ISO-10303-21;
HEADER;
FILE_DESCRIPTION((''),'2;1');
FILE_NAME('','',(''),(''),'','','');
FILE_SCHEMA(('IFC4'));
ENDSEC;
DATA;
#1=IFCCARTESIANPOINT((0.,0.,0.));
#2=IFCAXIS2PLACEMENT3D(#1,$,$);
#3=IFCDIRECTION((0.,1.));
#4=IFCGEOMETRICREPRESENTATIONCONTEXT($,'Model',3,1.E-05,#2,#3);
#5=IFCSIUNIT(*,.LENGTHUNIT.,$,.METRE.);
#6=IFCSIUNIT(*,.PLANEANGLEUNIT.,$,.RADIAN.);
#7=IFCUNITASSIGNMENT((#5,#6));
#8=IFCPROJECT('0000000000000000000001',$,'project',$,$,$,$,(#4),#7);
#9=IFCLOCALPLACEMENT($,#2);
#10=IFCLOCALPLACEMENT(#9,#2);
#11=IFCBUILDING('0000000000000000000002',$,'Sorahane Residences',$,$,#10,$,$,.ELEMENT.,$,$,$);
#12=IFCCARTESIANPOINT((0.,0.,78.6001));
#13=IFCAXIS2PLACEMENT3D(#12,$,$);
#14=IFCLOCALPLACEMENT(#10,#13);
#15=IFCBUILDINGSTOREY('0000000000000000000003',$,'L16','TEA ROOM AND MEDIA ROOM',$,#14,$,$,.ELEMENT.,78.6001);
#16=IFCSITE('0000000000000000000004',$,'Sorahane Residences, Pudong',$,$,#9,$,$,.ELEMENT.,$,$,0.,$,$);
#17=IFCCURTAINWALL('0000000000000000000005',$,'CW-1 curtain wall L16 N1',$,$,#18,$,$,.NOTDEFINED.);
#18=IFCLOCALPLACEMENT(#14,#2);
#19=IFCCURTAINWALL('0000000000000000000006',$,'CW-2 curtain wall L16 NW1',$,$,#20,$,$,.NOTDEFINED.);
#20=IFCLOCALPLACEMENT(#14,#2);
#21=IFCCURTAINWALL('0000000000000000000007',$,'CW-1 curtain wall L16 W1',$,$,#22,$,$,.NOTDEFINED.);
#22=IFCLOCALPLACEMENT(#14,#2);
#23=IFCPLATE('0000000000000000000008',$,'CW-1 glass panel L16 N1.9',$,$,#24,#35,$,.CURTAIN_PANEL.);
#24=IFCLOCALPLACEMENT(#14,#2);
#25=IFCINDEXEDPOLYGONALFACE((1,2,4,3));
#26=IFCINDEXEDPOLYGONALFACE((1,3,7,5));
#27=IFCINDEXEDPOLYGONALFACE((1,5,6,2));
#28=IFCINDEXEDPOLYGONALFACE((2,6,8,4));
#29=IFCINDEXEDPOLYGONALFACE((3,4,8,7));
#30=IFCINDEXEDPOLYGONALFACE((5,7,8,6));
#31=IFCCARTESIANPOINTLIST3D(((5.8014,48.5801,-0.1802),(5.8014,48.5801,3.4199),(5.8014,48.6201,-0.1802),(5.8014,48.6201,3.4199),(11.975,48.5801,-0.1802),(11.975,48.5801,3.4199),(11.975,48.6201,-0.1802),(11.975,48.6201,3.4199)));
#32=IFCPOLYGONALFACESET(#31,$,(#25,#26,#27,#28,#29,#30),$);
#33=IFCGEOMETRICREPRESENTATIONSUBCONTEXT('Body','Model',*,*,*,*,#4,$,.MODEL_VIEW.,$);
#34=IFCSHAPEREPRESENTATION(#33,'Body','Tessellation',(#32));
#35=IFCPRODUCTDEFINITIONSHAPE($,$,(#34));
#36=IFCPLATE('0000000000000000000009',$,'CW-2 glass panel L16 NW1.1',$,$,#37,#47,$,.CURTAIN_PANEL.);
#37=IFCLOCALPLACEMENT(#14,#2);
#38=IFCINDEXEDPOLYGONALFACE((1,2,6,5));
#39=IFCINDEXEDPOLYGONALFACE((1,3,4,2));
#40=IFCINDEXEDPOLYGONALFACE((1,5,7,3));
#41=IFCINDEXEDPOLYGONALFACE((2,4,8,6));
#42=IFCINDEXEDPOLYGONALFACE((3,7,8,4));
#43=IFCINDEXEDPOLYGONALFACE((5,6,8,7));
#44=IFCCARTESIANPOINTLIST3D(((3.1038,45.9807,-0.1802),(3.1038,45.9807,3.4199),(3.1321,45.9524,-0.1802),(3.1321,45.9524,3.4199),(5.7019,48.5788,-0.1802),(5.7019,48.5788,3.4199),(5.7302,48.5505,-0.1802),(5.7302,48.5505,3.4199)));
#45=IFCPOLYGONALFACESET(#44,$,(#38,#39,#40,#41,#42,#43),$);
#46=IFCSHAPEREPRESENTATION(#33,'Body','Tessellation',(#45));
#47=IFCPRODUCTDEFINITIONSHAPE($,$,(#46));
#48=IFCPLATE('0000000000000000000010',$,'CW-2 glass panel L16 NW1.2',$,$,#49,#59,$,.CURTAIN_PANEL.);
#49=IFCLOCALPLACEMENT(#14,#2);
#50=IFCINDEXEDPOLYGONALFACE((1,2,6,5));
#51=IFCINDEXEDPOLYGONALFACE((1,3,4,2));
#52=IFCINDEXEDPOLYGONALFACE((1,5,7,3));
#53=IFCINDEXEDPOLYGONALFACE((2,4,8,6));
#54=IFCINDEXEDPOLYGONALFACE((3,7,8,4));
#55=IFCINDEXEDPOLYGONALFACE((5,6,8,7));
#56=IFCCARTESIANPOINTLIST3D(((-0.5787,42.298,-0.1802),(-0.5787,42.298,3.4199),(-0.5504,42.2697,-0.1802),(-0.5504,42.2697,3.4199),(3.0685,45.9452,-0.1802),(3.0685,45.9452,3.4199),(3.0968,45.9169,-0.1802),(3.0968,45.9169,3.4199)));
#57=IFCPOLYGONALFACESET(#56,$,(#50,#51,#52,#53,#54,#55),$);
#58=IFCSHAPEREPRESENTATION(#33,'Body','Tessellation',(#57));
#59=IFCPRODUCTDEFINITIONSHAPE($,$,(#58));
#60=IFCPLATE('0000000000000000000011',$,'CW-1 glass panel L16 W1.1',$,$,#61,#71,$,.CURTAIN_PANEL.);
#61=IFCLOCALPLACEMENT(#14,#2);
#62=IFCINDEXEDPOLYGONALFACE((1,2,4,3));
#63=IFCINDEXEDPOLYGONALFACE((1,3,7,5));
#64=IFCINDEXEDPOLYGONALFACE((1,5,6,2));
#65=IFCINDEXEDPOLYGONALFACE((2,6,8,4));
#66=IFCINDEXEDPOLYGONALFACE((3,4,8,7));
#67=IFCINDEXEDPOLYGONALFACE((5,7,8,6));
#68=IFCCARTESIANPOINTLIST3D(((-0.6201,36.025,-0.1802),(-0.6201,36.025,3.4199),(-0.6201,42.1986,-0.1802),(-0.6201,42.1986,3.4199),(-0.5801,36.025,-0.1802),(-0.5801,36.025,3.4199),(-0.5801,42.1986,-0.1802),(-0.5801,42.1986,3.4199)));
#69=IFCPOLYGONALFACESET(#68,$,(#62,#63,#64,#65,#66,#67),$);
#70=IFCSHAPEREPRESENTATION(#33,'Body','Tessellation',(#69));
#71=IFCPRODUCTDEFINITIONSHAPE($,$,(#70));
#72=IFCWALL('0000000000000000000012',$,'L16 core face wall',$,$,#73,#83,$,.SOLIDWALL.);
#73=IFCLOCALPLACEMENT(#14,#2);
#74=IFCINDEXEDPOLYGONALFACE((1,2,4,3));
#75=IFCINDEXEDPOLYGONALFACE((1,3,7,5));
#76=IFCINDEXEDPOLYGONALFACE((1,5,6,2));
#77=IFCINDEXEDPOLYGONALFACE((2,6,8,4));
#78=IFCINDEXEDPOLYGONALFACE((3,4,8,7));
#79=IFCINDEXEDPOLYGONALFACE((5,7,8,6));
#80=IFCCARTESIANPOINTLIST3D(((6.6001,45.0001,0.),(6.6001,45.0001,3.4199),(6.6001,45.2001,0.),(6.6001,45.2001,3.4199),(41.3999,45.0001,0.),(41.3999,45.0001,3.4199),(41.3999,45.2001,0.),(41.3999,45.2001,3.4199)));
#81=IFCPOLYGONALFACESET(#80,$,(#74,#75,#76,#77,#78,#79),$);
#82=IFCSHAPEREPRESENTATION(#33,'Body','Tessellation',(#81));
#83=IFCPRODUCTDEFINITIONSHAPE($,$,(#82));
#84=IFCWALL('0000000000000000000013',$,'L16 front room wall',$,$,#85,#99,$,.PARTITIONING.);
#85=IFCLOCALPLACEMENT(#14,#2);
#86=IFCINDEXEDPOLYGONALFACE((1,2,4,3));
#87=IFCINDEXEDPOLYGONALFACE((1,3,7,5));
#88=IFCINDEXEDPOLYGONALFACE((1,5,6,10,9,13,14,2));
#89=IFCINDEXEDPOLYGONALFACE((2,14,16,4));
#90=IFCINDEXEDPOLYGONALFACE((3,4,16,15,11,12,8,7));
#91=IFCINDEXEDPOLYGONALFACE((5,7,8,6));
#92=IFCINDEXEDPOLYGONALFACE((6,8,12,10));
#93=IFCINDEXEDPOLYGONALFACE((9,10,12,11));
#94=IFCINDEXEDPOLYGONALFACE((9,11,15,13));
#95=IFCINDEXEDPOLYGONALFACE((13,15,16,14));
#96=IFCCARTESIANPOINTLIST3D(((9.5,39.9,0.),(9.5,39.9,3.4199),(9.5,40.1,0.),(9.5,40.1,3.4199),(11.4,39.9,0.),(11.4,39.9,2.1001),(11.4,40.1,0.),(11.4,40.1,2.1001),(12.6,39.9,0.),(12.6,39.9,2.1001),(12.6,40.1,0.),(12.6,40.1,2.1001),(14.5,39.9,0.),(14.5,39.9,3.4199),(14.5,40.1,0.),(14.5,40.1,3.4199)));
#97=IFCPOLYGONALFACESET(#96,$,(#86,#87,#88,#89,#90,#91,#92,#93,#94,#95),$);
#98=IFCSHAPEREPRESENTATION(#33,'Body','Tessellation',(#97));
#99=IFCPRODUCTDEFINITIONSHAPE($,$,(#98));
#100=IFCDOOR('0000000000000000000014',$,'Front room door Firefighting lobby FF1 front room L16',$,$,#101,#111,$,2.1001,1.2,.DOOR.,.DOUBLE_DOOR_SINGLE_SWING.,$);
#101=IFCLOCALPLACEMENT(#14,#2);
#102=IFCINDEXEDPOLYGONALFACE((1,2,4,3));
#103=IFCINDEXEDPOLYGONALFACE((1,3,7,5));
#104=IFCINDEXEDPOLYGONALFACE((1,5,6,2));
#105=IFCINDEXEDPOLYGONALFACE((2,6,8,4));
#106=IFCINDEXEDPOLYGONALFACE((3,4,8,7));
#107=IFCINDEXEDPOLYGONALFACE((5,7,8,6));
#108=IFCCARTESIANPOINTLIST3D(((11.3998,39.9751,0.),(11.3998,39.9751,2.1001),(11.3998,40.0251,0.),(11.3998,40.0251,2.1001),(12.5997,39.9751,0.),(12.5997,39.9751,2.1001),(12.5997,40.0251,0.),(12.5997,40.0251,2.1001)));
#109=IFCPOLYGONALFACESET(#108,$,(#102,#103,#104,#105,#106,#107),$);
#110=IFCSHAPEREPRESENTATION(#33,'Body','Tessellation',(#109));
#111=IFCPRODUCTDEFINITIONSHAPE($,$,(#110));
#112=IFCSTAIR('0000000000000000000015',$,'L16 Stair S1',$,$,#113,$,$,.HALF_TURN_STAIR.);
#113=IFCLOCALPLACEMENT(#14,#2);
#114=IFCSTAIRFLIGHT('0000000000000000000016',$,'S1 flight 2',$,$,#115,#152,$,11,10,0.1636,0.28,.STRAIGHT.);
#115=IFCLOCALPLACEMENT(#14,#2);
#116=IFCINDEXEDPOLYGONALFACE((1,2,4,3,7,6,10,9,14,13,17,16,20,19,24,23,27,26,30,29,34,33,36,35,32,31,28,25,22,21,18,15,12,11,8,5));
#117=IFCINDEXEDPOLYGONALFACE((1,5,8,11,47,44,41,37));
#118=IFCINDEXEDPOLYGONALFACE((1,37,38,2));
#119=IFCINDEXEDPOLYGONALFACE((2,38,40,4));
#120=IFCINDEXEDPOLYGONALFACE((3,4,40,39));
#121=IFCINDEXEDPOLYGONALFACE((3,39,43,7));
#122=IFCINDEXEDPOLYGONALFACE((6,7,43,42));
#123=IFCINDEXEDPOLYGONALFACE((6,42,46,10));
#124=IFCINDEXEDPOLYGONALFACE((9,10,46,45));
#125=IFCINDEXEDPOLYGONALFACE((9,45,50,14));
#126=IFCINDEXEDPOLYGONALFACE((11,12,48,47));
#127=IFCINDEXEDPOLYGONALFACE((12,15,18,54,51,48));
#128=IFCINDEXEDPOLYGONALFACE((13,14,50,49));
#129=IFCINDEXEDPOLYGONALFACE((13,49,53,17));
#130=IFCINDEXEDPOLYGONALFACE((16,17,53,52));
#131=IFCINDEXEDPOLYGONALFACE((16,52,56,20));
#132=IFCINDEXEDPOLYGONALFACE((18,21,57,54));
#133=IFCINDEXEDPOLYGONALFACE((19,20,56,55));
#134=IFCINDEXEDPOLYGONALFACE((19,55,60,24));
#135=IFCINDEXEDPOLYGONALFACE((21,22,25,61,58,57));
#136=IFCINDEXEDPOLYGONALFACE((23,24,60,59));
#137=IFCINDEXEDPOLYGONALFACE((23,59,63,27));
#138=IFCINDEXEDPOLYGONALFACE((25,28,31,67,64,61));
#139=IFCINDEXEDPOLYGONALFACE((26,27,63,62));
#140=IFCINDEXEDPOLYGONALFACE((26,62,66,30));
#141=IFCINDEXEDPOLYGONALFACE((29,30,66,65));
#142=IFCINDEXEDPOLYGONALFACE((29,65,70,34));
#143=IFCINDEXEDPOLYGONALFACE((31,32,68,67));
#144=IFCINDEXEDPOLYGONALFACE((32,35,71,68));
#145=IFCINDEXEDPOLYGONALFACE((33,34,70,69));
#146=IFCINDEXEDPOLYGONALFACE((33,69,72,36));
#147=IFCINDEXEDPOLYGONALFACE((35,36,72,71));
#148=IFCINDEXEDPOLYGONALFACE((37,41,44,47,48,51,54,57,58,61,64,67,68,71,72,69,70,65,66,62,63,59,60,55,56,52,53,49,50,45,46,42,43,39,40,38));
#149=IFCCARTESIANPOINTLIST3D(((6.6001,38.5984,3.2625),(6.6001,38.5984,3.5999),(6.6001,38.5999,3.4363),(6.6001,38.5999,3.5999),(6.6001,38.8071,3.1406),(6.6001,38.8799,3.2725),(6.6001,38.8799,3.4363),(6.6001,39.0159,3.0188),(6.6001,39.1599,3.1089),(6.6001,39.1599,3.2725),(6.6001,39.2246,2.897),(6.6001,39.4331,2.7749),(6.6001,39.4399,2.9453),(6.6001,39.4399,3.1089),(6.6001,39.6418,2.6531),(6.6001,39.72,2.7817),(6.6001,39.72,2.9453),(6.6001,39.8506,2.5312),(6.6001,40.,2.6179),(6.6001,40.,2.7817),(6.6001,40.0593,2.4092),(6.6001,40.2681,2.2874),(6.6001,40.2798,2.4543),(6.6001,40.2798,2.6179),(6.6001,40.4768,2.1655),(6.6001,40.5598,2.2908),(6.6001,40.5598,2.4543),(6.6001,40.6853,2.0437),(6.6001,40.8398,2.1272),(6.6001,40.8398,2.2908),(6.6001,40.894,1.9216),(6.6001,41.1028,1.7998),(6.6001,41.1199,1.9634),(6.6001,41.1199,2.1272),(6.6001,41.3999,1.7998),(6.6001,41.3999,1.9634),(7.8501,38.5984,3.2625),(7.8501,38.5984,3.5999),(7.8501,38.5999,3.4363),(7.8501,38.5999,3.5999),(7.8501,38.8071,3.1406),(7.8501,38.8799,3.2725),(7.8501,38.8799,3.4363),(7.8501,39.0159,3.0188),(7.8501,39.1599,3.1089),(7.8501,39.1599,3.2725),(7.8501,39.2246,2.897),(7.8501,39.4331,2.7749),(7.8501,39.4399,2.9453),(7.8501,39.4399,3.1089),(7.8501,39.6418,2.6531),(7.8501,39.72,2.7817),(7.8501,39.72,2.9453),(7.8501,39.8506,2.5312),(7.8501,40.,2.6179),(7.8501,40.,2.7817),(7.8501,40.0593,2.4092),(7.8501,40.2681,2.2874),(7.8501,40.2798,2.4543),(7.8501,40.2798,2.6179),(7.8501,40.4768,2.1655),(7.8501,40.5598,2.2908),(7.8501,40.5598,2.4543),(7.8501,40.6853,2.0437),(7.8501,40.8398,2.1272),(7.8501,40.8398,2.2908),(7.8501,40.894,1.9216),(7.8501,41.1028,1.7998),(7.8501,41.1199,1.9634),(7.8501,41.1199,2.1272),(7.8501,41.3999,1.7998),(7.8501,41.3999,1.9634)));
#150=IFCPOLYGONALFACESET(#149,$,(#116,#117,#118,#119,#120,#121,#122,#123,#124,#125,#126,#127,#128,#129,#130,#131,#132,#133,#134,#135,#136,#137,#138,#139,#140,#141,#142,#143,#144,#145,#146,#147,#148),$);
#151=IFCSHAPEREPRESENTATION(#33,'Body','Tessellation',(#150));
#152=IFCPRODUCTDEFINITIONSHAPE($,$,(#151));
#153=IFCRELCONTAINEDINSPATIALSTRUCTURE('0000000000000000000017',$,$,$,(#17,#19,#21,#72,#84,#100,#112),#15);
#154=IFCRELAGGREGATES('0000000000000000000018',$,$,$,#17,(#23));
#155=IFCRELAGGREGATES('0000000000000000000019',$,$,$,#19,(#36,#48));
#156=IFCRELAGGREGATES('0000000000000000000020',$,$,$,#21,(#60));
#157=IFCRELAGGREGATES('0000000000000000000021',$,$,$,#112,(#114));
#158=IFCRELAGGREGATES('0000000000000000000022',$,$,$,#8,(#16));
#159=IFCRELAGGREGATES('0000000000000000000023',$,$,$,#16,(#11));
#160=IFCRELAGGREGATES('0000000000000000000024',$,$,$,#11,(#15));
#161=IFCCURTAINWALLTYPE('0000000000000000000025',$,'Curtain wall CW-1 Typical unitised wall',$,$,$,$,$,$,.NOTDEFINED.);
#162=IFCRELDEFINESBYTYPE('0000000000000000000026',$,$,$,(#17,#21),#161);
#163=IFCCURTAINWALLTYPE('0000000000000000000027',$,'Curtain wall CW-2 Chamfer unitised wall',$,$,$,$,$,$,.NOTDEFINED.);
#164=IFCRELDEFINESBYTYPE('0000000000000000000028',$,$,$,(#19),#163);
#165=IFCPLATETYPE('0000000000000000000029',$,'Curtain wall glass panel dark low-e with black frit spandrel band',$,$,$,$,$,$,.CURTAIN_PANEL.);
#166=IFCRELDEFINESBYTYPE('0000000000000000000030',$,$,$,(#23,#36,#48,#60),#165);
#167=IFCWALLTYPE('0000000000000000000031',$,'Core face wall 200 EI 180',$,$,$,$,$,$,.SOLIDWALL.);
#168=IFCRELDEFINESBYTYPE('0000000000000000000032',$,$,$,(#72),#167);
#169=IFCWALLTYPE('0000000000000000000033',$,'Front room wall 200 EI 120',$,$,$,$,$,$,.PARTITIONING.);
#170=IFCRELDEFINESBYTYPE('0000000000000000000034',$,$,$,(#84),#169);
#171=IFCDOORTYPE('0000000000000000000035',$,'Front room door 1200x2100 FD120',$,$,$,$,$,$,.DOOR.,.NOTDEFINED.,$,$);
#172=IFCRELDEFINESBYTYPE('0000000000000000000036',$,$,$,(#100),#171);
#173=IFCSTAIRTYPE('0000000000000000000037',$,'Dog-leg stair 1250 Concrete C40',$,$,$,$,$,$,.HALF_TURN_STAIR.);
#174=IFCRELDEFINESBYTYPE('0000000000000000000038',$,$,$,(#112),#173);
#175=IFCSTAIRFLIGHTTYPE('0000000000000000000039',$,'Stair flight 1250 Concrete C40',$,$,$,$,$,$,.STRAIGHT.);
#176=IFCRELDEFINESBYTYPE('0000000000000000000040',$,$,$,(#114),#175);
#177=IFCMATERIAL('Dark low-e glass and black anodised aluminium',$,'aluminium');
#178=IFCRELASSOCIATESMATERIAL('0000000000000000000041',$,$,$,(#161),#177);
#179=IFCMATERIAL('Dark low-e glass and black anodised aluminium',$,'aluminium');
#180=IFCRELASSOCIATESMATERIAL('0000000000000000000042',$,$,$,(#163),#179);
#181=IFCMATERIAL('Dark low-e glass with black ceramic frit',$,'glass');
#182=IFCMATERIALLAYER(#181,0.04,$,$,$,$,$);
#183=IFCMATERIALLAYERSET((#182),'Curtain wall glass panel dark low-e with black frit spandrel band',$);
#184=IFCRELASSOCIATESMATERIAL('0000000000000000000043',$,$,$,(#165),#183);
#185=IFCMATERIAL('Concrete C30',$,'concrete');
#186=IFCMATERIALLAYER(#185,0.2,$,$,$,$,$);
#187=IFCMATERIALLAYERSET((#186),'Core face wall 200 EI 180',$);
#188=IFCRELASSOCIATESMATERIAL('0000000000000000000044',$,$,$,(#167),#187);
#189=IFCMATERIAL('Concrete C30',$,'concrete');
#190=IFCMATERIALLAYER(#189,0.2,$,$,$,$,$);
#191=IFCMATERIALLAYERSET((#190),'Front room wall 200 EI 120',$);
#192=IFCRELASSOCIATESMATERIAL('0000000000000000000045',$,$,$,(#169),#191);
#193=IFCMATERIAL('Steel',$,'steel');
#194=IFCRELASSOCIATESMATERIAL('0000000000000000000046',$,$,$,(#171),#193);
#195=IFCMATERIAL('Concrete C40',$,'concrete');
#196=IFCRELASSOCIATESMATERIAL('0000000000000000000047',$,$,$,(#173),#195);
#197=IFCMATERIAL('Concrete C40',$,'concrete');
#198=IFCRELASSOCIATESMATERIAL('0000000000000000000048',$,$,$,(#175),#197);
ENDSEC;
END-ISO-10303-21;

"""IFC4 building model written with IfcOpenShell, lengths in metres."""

from ifc_helpers import new_model, si_unit, direction, frame, frame_2d, origin, origin_2d, place, context, subcontext, project, spatial, polyline, rectangle, outline, extrude, material, layer, layer_set, type_object, element, fill, aggregate, save


model = new_model("IFC4")

# Units and contexts
model_context = context("Model", 3, precision=1e-05, world=origin(), true_north=direction((0.0, 1.0)))
body_context = subcontext(model_context, "Body", "Model", "MODEL_VIEW")
ifc_project = project(units=[si_unit("LENGTHUNIT", "METRE"), si_unit("PLANEANGLEUNIT", "RADIAN")], contexts=[model_context])

# Site, building, storey
site_placement = place(None, origin())
site = spatial("IfcSite", under=ifc_project, at=site_placement, Name="Sorahane Residences, Pudong", CompositionType="ELEMENT", RefElevation=0.0)
building_placement = place(site_placement, origin())
building = spatial("IfcBuilding", under=site, at=building_placement, Name="Sorahane Residences", CompositionType="ELEMENT")
storey_placement = place(building_placement, frame((0.0, 0.0, 78.6001)))
storey = spatial("IfcBuildingStorey", under=building, at=storey_placement, Name="L16", Description="TEA ROOM AND MEDIA ROOM", CompositionType="ELEMENT", Elevation=78.6001)

# Curtain wall
ifc_material_1 = material(Name="Dark low-e glass and black anodised aluminium", Category="aluminium")
curtain_wall_type_1 = type_object("IfcCurtainWallType", Name="Curtain wall CW-1 Typical unitised wall", PredefinedType="NOTDEFINED", material=ifc_material_1)
curtain_wall_1_placement = place(storey_placement, origin())
curtain_wall_1 = element("IfcCurtainWall", 1, at=curtain_wall_1_placement, inside=storey, type_object=curtain_wall_type_1, Name="CW-1 curtain wall L16 N1", PredefinedType="NOTDEFINED")

# Curtain wall
ifc_material_2 = material(Name="Dark low-e glass and black anodised aluminium", Category="aluminium")
curtain_wall_type_2 = type_object("IfcCurtainWallType", Name="Curtain wall CW-2 Chamfer unitised wall", PredefinedType="NOTDEFINED", material=ifc_material_2)
curtain_wall_2_placement = place(storey_placement, origin())
curtain_wall_2 = element("IfcCurtainWall", 2, at=curtain_wall_2_placement, inside=storey, type_object=curtain_wall_type_2, Name="CW-2 curtain wall L16 NW1", PredefinedType="NOTDEFINED")

# Curtain wall
curtain_wall_3_placement = place(storey_placement, origin())
curtain_wall_3 = element("IfcCurtainWall", 3, at=curtain_wall_3_placement, inside=storey, type_object=curtain_wall_type_1, Name="CW-1 curtain wall L16 W1", PredefinedType="NOTDEFINED")

# Plates
ifc_material_3 = material(Name="Dark low-e glass with black ceramic frit", Category="glass")
ifc_layer_1 = layer(ifc_material_3, 0.04)
ifc_layer_set_1 = layer_set([ifc_layer_1], Name="Curtain wall glass panel dark low-e with black frit spandrel band")
plate_type = type_object("IfcPlateType", Name="Curtain wall glass panel dark low-e with black frit spandrel band", PredefinedType="CURTAIN_PANEL", material=ifc_layer_set_1)
plate_1_placement = place(storey_placement, frame((8.8882, 48.6001, -0.1802), z_axis=(0.0, 0.0, 1.0), x_axis=(-1.0, 0.0, 0.0)))
plate_1 = element("IfcPlate", 4, at=plate_1_placement, type_object=plate_type, Name="CW-1 glass panel L16 N1.9", PredefinedType="CURTAIN_PANEL", context=body_context, shape_type="SweptSolid", body=[
    extrude(rectangle(XDim=6.1736, YDim=0.04, at=origin_2d()), origin(), (0.0, 0.0, 1.0), 3.6001),
])
aggregate(curtain_wall_1, [plate_1])
plate_2_placement = place(storey_placement, frame((4.417, 47.2656, -0.1802), z_axis=(0.0, 0.0, 1.0), x_axis=(-0.707107, -0.707107, 0.0)))
plate_2 = element("IfcPlate", 5, at=plate_2_placement, type_object=plate_type, Name="CW-2 glass panel L16 NW1.1", PredefinedType="CURTAIN_PANEL", context=body_context, shape_type="SweptSolid", body=[
    extrude(rectangle(XDim=3.6743, YDim=0.04, at=origin_2d()), origin(), (0.0, 0.0, 1.0), 3.6001),
])
plate_3_placement = place(storey_placement, frame((1.259, 44.1074, -0.1802), z_axis=(0.0, 0.0, 1.0), x_axis=(-0.707107, -0.707107, 0.0)))
plate_3 = element("IfcPlate", 6, at=plate_3_placement, type_object=plate_type, Name="CW-2 glass panel L16 NW1.2", PredefinedType="CURTAIN_PANEL", context=body_context, shape_type="SweptSolid", body=[
    extrude(rectangle(XDim=5.158, YDim=0.04, at=origin_2d()), origin(), (0.0, 0.0, 1.0), 3.6001),
])
aggregate(curtain_wall_2, [plate_2, plate_3])
plate_4_placement = place(storey_placement, frame((-0.6001, 39.1118, -0.1802), z_axis=(0.0, 0.0, 1.0), x_axis=(0.0, -1.0, 0.0)))
plate_4 = element("IfcPlate", 7, at=plate_4_placement, type_object=plate_type, Name="CW-1 glass panel L16 W1.1", PredefinedType="CURTAIN_PANEL", context=body_context, shape_type="SweptSolid", body=[
    extrude(rectangle(XDim=6.1736, YDim=0.04, at=origin_2d()), origin(), (0.0, 0.0, 1.0), 3.6001),
])
aggregate(curtain_wall_3, [plate_4])

# Wall
ifc_material_4 = material(Name="Concrete C30", Category="concrete")
ifc_layer_2 = layer(ifc_material_4, 0.2)
ifc_layer_set_2 = layer_set([ifc_layer_2], Name="Core face wall 200 EI 180")
wall_type_1 = type_object("IfcWallType", Name="Core face wall 200 EI 180", PredefinedType="SOLIDWALL", material=ifc_layer_set_2)
wall_1_placement = place(storey_placement, frame((6.6001, 45.1001, 0.0), z_axis=(0.0, 0.0, 1.0), x_axis=(1.0, 0.0, 0.0)))
element("IfcWall", 8, at=wall_1_placement, inside=storey, type_object=wall_type_1, Name="L16 core face wall", PredefinedType="SOLIDWALL", context=body_context, shape_type="SweptSolid", body=[
    extrude(rectangle(XDim=34.7998, YDim=0.2, at=frame_2d((17.3999, 0.0))), origin(), (0.0, 0.0, 1.0), 3.4199),
])

# Wall, opening, door
ifc_material_5 = material(Name="Concrete C30", Category="concrete")
ifc_layer_3 = layer(ifc_material_5, 0.2)
ifc_layer_set_3 = layer_set([ifc_layer_3], Name="Front room wall 200 EI 120")
wall_type_2 = type_object("IfcWallType", Name="Front room wall 200 EI 120", PredefinedType="PARTITIONING", material=ifc_layer_set_3)
wall_2_placement = place(storey_placement, frame((9.5, 40.0, 0.0), z_axis=(0.0, 0.0, 1.0), x_axis=(1.0, 0.0, 0.0)))
wall_2 = element("IfcWall", 9, at=wall_2_placement, inside=storey, type_object=wall_type_2, Name="L16 front room wall", PredefinedType="PARTITIONING", context=body_context, shape_type="SweptSolid", body=[
    extrude(rectangle(XDim=5.0, YDim=0.2, at=frame_2d((2.5, 0.0))), origin(), (0.0, 0.0, 1.0), 3.4199),
])
opening_placement = place(wall_2_placement, frame((1.8999, 0.0, 0.0)))
opening = element("IfcOpeningElement", 10, at=opening_placement, cuts=wall_2, PredefinedType="OPENING", context=body_context, shape_type="SweptSolid", body=[
    extrude(rectangle(XDim=1.2, YDim=2.1001, at=frame_2d((0.6001, 1.05))), frame((0.0, 0.1099, 0.0), z_axis=(0.0, -1.0, 0.0), x_axis=(1.0, 0.0, 0.0)), (0.0, 0.0, 1.0), 0.22),
])
ifc_material_6 = material(Name="Steel", Category="steel")
door_type = type_object("IfcDoorType", Name="Front room door 1200x2100 FD120", OperationType="NOTDEFINED", PredefinedType="DOOR", material=ifc_material_6)
door_placement = place(opening_placement, frame((1.2, 0.0, 0.0), z_axis=(0.0, 0.0, 1.0), x_axis=(-1.0, 0.0, 0.0)))
door = element("IfcDoor", 11, at=door_placement, inside=storey, type_object=door_type, Name="Front room door Firefighting lobby FF1 front room L16", OperationType="DOUBLE_DOOR_SINGLE_SWING", OverallHeight=2.1001, OverallWidth=1.2, PredefinedType="DOOR", context=body_context, shape_type="SweptSolid", body=[
    extrude(rectangle(XDim=1.2, YDim=2.1001, at=frame_2d((0.6001, 1.05))), frame((0.0, 0.0249, 0.0), z_axis=(0.0, -1.0, 0.0), x_axis=(1.0, 0.0, 0.0)), (0.0, 0.0, 1.0), 0.05),
])
fill(opening, door)

# Stair, stair flight
ifc_material_7 = material(Name="Concrete C40", Category="concrete")
stair_type = type_object("IfcStairType", Name="Dog-leg stair 1250 Concrete C40", PredefinedType="HALF_TURN_STAIR", material=ifc_material_7)
stair_placement = place(storey_placement, origin())
stair = element("IfcStair", 12, at=stair_placement, inside=storey, type_object=stair_type, Name="L16 Stair S1", PredefinedType="HALF_TURN_STAIR")
ifc_material_8 = material(Name="Concrete C40", Category="concrete")
stair_flight_type = type_object("IfcStairFlightType", Name="Stair flight 1250 Concrete C40", PredefinedType="STRAIGHT", material=ifc_material_8)
stair_flight_placement = place(storey_placement, frame((7.2251, 41.3999, 1.7998), z_axis=(0.0, 0.0, 1.0), x_axis=(0.0, -1.0, 0.0)))
stair_flight = element("IfcStairFlight", 13, at=stair_flight_placement, type_object=stair_flight_type, Name="S1 flight 2", NumberOfRisers=11, NumberOfTreads=10, PredefinedType="STRAIGHT", RiserHeight=0.1636, TreadLength=0.28, context=body_context, shape_type="SweptSolid", body=[
    extrude(outline(polyline([(0.0, 0.0), (0.0, 0.1636), (0.28, 0.1636), (0.28, 0.3274), (0.5601, 0.3274), (0.5601, 0.491), (0.8401, 0.491), (0.8401, 0.6545), (1.1201, 0.6545), (1.1201, 0.8181), (1.3999, 0.8181), (1.3999, 0.9819), (1.6799, 0.9819), (1.6799, 1.1455), (1.96, 1.1455), (1.96, 1.3091), (2.24, 1.3091), (2.24, 1.4727), (2.52, 1.4727), (2.52, 1.6365), (2.8, 1.6365), (2.8, 1.8), (2.8015, 1.8), (2.8015, 1.4626), (2.5928, 1.3408), (2.384, 1.219), (2.1753, 1.0972), (1.9668, 0.9751), (1.7581, 0.8533), (1.5493, 0.7314), (1.3406, 0.6094), (1.1318, 0.4875), (0.9231, 0.3657), (0.7146, 0.2439), (0.5059, 0.1218), (0.2971, 0.0), (0.0, 0.0)])), frame((0.0, 0.625, 0.0), z_axis=(0.0, -1.0, 0.0), x_axis=(1.0, 0.0, 0.0)), (0.0, 0.0, 1.0), 1.25),
])
aggregate(stair, [stair_flight])

save(model, "model.ifc")
